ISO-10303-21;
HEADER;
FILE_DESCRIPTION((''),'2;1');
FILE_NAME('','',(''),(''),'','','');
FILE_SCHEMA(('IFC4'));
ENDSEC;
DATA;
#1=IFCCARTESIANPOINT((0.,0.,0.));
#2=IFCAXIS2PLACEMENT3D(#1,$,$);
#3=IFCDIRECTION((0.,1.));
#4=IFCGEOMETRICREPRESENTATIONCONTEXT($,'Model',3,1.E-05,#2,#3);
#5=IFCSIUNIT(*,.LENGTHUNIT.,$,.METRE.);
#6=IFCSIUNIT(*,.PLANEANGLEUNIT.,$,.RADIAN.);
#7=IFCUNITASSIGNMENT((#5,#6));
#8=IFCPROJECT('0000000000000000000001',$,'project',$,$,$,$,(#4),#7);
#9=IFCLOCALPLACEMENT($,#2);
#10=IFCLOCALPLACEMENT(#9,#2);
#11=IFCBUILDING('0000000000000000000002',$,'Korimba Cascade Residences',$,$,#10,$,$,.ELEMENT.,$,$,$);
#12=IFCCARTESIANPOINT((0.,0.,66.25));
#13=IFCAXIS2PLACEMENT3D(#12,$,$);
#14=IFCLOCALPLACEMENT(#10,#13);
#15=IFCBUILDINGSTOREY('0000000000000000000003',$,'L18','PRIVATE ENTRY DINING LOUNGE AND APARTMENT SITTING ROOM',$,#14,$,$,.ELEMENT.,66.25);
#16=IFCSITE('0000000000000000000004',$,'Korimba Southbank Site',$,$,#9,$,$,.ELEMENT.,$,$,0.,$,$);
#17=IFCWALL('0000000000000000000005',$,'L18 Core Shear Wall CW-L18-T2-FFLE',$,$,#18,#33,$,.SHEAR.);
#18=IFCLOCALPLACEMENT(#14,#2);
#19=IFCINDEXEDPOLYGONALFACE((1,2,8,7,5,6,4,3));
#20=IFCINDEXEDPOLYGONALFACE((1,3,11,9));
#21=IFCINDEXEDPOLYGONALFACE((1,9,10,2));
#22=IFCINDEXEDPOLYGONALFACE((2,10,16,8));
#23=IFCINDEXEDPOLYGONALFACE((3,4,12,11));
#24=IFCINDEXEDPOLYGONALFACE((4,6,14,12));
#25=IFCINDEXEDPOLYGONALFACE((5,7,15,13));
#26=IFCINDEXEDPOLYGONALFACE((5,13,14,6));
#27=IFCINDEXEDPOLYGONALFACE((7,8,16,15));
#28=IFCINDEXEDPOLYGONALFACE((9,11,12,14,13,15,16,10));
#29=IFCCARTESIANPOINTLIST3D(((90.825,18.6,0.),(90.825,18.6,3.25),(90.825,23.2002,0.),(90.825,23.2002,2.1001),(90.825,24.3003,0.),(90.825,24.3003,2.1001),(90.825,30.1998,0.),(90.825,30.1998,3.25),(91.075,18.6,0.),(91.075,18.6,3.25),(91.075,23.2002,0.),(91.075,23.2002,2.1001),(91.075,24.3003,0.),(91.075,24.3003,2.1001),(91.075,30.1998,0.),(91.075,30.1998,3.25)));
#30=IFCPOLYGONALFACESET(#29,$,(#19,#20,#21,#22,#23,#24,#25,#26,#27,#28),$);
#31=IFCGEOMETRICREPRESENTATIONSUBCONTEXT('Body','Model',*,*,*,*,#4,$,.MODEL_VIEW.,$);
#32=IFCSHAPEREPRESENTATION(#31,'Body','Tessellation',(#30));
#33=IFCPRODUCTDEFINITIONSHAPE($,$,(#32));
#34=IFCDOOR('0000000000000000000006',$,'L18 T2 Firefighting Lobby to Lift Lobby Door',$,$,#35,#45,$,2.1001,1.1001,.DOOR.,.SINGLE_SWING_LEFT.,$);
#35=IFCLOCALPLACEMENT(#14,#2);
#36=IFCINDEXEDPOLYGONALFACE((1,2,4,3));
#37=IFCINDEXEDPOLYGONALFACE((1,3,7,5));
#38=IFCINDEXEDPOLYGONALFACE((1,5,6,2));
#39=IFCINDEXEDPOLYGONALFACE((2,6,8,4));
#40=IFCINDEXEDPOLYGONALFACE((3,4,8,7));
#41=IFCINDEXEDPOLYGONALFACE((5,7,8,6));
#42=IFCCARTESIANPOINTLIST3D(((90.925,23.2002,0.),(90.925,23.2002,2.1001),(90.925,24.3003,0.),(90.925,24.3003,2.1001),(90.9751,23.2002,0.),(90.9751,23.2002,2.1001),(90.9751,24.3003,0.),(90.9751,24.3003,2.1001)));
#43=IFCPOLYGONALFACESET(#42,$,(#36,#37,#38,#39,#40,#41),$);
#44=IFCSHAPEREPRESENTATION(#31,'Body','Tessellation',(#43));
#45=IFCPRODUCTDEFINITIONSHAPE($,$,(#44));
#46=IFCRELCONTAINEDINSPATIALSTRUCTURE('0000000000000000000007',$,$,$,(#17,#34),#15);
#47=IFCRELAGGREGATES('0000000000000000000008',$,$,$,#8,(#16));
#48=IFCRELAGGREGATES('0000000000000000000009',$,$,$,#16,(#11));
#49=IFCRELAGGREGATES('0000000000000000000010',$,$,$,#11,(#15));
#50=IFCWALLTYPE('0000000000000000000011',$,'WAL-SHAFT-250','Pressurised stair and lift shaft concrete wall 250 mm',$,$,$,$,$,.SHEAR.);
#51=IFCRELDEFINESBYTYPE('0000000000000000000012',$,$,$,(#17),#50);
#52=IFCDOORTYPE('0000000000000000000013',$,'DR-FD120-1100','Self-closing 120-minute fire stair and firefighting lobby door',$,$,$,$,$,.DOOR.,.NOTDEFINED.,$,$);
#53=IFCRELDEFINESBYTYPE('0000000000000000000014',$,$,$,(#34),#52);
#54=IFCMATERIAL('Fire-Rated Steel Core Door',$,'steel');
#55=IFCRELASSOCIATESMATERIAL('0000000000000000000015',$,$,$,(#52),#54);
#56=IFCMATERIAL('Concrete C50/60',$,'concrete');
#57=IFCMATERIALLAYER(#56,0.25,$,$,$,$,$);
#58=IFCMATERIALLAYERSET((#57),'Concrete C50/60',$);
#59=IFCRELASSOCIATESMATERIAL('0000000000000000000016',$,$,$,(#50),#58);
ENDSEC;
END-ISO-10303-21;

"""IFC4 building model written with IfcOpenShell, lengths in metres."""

from ifc_helpers import new_model, si_unit, direction, frame, frame_2d, origin, place, context, subcontext, project, spatial, rectangle, extrude, material, layer, layer_set, type_object, element, fill, save


model = new_model("IFC4")

# Units and contexts
model_context = context("Model", 3, precision=1e-05, world=origin(), true_north=direction((0.0, 1.0)))
body_context = subcontext(model_context, "Body", "Model", "MODEL_VIEW")
ifc_project = project(units=[si_unit("LENGTHUNIT", "METRE"), si_unit("PLANEANGLEUNIT", "RADIAN")], contexts=[model_context])

# Site, building, storey
site_placement = place(None, origin())
site = spatial("IfcSite", under=ifc_project, at=site_placement, Name="Korimba Southbank Site", CompositionType="ELEMENT", RefElevation=0.0)
building_placement = place(site_placement, origin())
building = spatial("IfcBuilding", under=site, at=building_placement, Name="Korimba Cascade Residences", CompositionType="ELEMENT")
storey_placement = place(building_placement, frame((0.0, 0.0, 66.25)))
storey = spatial("IfcBuildingStorey", under=building, at=storey_placement, Name="L18", Description="PRIVATE ENTRY DINING LOUNGE AND APARTMENT SITTING ROOM", CompositionType="ELEMENT", Elevation=66.25)

# Shared definitions
ifc_material_1 = material(Name="Concrete C50/60", Category="concrete")

# Shared definitions
ifc_material_2 = material(Name="Fire-Rated Steel Core Door", Category="steel")
door_type_1 = type_object("IfcDoorType", Name="DR-FD120-1100", Description="Self-closing 120-minute fire stair and firefighting lobby door", OperationType="NOTDEFINED", PredefinedType="DOOR", material=ifc_material_2)

# Shared definitions
ifc_layer_1 = layer(ifc_material_1, 0.25)
ifc_layer_set_1 = layer_set([ifc_layer_1], Name="Concrete C50/60")
wall_type_1 = type_object("IfcWallType", Name="WAL-SHAFT-250", Description="Pressurised stair and lift shaft concrete wall 250 mm", PredefinedType="SHEAR", material=ifc_layer_set_1)

# Wall, opening, door
wall_1_placement = place(storey_placement, frame((90.95, 18.6001, 0.0), z_axis=(0.0, 0.0, 1.0), x_axis=(0.0, 1.0, 0.0)))
wall_1 = element("IfcWall", 1, at=wall_1_placement, inside=storey, type_object=wall_type_1, Name="L18 Core Shear Wall CW-L18-T2-FFLE", PredefinedType="SHEAR", context=body_context, shape_type="SweptSolid", body=[
    extrude(rectangle(XDim=11.5999, YDim=0.25, at=frame_2d((5.7998, 0.0))), origin(), (0.0, 0.0, 1.0), 3.25),
])
opening_1_placement = place(wall_1_placement, frame((4.6001, 0.0, 0.0)))
opening_1 = element("IfcOpeningElement", 2, at=opening_1_placement, cuts=wall_1, PredefinedType="OPENING", context=body_context, shape_type="SweptSolid", body=[
    extrude(rectangle(XDim=1.1001, YDim=2.1001, at=frame_2d((0.55, 1.05))), frame((0.0, 0.135, 0.0), z_axis=(0.0, -1.0, 0.0), x_axis=(1.0, 0.0, 0.0)), (0.0, 0.0, 1.0), 0.27),
])
door_1_placement = place(opening_1_placement, origin())
door_1 = element("IfcDoor", 3, at=door_1_placement, inside=storey, type_object=door_type_1, Name="L18 T2 Firefighting Lobby to Lift Lobby Door", OperationType="SINGLE_SWING_LEFT", OverallHeight=2.1001, OverallWidth=1.1001, PredefinedType="DOOR", context=body_context, shape_type="SweptSolid", body=[
    extrude(rectangle(XDim=1.1001, YDim=2.1001, at=frame_2d((0.55, 1.05))), frame((0.0, 0.0249, 0.0), z_axis=(0.0, -1.0, 0.0), x_axis=(1.0, 0.0, 0.0)), (0.0, 0.0, 1.0), 0.05),
])
fill(opening_1, door_1)

save(model, "model.ifc")
